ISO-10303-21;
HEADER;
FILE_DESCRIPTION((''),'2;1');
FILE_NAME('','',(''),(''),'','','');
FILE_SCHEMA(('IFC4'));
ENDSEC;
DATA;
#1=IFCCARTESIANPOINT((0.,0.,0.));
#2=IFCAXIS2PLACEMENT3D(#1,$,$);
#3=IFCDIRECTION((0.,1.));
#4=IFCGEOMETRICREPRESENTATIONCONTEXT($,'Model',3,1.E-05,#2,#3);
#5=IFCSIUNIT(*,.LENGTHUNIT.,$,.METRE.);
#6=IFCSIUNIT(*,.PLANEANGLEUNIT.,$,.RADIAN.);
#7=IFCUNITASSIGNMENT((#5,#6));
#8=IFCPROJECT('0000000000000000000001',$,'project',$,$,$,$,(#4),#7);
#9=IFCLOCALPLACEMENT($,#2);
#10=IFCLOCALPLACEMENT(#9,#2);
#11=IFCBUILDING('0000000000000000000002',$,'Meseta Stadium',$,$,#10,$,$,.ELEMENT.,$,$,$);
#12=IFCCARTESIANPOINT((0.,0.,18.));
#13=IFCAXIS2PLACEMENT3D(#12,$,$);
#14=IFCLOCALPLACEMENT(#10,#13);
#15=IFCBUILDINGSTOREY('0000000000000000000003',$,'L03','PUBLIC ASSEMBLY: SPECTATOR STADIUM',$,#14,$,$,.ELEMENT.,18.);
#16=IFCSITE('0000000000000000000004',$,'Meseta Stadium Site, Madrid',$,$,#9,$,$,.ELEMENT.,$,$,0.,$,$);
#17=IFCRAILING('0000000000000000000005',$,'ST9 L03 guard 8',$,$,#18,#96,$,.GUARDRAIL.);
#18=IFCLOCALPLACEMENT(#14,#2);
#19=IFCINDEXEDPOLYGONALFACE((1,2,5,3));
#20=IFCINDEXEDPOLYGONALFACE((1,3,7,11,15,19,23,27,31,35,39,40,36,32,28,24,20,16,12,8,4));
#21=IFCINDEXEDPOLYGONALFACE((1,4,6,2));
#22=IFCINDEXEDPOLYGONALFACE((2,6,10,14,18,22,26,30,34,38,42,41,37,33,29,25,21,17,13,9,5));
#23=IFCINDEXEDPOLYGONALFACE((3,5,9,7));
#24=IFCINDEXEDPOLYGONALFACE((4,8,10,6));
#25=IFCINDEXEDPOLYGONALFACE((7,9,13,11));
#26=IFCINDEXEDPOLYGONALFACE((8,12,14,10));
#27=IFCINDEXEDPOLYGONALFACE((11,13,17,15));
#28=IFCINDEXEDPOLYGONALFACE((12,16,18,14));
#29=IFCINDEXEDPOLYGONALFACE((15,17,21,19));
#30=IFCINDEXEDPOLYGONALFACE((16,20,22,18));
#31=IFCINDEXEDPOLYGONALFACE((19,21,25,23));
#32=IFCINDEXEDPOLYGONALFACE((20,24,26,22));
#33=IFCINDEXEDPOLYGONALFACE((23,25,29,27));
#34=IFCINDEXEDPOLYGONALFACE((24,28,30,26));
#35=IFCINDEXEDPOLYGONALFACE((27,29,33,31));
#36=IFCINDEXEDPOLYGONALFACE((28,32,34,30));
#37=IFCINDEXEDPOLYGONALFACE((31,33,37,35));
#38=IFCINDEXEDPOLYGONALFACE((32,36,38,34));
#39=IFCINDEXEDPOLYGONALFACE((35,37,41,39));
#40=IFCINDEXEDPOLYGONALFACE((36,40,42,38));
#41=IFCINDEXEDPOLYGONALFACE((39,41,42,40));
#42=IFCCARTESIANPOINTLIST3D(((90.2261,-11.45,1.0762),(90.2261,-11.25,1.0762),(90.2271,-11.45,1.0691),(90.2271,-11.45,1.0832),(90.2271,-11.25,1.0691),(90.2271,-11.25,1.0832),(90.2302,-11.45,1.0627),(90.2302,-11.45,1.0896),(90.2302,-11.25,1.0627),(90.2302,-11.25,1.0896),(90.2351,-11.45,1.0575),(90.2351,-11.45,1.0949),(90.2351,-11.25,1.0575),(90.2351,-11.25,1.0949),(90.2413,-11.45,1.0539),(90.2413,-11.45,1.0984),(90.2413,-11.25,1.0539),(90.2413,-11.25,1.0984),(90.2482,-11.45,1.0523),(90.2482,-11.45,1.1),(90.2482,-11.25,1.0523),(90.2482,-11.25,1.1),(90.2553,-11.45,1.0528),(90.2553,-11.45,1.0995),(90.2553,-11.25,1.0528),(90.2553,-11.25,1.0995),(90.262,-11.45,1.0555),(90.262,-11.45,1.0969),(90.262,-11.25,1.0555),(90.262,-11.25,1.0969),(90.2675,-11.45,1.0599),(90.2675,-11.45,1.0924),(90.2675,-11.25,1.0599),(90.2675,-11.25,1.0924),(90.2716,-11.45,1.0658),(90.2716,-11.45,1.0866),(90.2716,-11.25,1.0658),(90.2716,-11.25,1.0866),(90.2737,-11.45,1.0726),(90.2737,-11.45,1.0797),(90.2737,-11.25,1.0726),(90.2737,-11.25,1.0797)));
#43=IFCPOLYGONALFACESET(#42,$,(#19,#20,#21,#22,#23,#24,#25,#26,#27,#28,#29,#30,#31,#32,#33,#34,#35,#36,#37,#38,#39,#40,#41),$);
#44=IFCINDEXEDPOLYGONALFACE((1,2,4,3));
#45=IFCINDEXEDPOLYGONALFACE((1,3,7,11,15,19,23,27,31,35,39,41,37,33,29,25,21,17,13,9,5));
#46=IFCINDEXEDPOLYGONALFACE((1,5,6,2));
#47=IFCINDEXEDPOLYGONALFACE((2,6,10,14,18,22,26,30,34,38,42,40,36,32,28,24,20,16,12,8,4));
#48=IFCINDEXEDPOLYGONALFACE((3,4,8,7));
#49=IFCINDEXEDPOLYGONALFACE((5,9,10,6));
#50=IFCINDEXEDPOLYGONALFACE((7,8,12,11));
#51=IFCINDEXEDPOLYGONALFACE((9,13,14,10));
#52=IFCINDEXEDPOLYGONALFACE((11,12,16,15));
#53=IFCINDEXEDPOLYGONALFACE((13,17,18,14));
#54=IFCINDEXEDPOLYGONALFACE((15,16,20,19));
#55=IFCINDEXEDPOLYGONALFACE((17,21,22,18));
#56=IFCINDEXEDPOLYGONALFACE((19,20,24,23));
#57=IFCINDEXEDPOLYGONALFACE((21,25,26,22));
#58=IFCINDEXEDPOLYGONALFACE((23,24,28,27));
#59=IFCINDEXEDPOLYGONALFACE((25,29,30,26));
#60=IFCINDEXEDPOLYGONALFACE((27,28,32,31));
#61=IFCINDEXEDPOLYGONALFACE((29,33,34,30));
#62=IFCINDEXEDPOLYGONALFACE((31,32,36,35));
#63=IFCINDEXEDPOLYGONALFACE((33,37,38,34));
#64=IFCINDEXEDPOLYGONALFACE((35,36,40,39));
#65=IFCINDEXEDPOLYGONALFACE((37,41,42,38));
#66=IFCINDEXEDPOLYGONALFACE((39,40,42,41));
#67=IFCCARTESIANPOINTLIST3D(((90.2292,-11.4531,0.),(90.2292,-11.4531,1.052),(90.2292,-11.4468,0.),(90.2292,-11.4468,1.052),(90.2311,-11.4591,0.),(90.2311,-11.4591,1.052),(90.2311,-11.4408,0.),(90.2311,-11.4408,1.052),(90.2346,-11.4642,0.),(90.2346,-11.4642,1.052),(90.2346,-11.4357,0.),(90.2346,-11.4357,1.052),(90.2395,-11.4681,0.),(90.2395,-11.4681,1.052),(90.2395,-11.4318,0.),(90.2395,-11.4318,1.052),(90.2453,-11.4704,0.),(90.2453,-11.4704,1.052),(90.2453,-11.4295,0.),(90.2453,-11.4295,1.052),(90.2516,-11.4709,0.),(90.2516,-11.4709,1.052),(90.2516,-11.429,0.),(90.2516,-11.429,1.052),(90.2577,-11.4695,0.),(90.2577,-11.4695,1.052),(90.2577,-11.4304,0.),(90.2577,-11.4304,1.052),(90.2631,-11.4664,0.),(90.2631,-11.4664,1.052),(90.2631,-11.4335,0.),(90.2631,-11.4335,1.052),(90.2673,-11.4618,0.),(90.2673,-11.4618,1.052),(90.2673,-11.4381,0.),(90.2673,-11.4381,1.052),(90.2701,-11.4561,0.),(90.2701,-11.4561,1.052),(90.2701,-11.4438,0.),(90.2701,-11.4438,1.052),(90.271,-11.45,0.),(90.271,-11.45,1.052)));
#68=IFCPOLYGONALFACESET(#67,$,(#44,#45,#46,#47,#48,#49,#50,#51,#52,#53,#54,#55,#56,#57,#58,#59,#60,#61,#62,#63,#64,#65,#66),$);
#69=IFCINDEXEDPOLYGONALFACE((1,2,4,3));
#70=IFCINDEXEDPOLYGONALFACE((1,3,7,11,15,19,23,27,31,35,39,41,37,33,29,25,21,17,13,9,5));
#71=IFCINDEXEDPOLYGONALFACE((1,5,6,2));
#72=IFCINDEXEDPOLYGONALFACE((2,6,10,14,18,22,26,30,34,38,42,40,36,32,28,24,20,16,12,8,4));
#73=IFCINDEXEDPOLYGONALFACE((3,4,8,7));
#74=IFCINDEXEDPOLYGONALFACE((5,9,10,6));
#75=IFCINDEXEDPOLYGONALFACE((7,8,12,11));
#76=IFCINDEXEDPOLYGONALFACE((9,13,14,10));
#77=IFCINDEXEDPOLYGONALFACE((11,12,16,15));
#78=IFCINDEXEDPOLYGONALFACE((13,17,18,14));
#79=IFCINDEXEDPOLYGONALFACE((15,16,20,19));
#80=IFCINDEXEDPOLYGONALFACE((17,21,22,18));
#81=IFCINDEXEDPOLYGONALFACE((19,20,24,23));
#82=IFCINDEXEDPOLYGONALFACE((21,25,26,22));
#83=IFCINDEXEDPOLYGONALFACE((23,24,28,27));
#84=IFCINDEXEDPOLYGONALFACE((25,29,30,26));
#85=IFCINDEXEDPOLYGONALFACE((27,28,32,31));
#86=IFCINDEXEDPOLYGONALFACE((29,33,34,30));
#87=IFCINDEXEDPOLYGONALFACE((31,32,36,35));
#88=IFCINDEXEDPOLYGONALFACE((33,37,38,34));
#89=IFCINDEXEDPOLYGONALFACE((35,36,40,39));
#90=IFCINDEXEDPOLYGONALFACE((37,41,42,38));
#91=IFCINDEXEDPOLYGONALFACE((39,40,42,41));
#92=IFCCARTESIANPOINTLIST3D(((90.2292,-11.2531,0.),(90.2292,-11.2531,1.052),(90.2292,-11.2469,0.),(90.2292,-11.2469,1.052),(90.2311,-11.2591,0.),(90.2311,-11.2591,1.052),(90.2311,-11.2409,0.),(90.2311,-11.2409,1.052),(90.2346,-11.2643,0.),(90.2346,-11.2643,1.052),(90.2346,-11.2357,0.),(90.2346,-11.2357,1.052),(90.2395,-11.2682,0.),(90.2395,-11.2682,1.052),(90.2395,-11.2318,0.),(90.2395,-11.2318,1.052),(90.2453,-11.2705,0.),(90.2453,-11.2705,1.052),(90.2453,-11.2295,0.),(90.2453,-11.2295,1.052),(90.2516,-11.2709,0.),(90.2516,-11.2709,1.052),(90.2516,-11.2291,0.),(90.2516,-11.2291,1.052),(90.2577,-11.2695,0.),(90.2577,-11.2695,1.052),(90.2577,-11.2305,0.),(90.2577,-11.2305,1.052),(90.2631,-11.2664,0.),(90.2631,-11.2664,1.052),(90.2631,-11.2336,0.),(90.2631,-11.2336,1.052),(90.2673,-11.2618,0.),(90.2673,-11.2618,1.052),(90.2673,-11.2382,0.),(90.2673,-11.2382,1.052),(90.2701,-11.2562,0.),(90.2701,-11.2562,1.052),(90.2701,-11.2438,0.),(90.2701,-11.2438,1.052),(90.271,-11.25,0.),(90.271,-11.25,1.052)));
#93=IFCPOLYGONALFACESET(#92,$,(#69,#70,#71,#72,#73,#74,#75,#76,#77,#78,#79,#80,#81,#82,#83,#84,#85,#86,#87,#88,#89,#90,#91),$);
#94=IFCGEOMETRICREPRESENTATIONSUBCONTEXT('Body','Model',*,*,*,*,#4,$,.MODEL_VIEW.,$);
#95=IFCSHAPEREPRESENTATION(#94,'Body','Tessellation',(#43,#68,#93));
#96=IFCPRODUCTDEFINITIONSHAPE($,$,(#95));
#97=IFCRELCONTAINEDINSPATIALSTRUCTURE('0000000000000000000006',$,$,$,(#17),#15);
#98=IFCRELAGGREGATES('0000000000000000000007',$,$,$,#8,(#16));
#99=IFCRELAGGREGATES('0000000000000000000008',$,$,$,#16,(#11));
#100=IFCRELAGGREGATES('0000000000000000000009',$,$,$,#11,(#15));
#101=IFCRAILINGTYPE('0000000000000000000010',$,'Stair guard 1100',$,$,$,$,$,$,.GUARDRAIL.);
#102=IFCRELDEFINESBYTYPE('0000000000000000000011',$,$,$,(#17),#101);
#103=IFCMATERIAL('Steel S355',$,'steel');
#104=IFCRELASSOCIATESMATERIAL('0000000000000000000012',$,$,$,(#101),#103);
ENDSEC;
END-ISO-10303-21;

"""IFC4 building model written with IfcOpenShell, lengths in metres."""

from ifc_helpers import new_model, si_unit, direction, frame, origin, origin_2d, place, context, subcontext, project, spatial, circle, extrude, material, type_object, element, save


model = new_model("IFC4")

# Units and contexts
model_context = context("Model", 3, precision=1e-05, world=origin(), true_north=direction((0.0, 1.0)))
body_context = subcontext(model_context, "Body", "Model", "MODEL_VIEW")
ifc_project = project(units=[si_unit("LENGTHUNIT", "METRE"), si_unit("PLANEANGLEUNIT", "RADIAN")], contexts=[model_context])

# Site, building, storey
site_placement = place(None, origin())
site = spatial("IfcSite", under=ifc_project, at=site_placement, Name="Meseta Stadium Site, Madrid", CompositionType="ELEMENT", RefElevation=0.0)
building_placement = place(site_placement, origin())
building = spatial("IfcBuilding", under=site, at=building_placement, Name="Meseta Stadium", CompositionType="ELEMENT")
storey_placement = place(building_placement, frame((0.0, 0.0, 18.0)))
storey = spatial("IfcBuildingStorey", under=building, at=storey_placement, Name="L03", Description="PUBLIC ASSEMBLY: SPECTATOR STADIUM", CompositionType="ELEMENT", Elevation=18.0)

# Railing
ifc_material_1 = material(Name="Steel S355", Category="steel")
railing_type_1 = type_object("IfcRailingType", Name="Stair guard 1100", PredefinedType="GUARDRAIL", material=ifc_material_1)
railing_1_placement = place(storey_placement, frame((90.25, -11.45, 0.0)))
element("IfcRailing", 1, at=railing_1_placement, inside=storey, type_object=railing_type_1, Name="ST9 L03 guard 8", PredefinedType="GUARDRAIL", context=body_context, shape_type="SweptSolid", body=[
    extrude(circle(Radius=0.0239, at=origin_2d()), frame((0.0, 0.0, 1.0762), z_axis=(0.0, 1.0, 0.0), x_axis=(-1.0, 0.0, 0.0)), (0.0, 0.0, 1.0), 0.2),
    extrude(circle(Radius=0.021, at=origin_2d()), origin(), (0.0, 0.0, 1.0), 1.052),
    extrude(circle(Radius=0.021, at=origin_2d()), frame((0.0, 0.2, 0.0)), (0.0, 0.0, 1.0), 1.052),
])

save(model, "model.ifc")
